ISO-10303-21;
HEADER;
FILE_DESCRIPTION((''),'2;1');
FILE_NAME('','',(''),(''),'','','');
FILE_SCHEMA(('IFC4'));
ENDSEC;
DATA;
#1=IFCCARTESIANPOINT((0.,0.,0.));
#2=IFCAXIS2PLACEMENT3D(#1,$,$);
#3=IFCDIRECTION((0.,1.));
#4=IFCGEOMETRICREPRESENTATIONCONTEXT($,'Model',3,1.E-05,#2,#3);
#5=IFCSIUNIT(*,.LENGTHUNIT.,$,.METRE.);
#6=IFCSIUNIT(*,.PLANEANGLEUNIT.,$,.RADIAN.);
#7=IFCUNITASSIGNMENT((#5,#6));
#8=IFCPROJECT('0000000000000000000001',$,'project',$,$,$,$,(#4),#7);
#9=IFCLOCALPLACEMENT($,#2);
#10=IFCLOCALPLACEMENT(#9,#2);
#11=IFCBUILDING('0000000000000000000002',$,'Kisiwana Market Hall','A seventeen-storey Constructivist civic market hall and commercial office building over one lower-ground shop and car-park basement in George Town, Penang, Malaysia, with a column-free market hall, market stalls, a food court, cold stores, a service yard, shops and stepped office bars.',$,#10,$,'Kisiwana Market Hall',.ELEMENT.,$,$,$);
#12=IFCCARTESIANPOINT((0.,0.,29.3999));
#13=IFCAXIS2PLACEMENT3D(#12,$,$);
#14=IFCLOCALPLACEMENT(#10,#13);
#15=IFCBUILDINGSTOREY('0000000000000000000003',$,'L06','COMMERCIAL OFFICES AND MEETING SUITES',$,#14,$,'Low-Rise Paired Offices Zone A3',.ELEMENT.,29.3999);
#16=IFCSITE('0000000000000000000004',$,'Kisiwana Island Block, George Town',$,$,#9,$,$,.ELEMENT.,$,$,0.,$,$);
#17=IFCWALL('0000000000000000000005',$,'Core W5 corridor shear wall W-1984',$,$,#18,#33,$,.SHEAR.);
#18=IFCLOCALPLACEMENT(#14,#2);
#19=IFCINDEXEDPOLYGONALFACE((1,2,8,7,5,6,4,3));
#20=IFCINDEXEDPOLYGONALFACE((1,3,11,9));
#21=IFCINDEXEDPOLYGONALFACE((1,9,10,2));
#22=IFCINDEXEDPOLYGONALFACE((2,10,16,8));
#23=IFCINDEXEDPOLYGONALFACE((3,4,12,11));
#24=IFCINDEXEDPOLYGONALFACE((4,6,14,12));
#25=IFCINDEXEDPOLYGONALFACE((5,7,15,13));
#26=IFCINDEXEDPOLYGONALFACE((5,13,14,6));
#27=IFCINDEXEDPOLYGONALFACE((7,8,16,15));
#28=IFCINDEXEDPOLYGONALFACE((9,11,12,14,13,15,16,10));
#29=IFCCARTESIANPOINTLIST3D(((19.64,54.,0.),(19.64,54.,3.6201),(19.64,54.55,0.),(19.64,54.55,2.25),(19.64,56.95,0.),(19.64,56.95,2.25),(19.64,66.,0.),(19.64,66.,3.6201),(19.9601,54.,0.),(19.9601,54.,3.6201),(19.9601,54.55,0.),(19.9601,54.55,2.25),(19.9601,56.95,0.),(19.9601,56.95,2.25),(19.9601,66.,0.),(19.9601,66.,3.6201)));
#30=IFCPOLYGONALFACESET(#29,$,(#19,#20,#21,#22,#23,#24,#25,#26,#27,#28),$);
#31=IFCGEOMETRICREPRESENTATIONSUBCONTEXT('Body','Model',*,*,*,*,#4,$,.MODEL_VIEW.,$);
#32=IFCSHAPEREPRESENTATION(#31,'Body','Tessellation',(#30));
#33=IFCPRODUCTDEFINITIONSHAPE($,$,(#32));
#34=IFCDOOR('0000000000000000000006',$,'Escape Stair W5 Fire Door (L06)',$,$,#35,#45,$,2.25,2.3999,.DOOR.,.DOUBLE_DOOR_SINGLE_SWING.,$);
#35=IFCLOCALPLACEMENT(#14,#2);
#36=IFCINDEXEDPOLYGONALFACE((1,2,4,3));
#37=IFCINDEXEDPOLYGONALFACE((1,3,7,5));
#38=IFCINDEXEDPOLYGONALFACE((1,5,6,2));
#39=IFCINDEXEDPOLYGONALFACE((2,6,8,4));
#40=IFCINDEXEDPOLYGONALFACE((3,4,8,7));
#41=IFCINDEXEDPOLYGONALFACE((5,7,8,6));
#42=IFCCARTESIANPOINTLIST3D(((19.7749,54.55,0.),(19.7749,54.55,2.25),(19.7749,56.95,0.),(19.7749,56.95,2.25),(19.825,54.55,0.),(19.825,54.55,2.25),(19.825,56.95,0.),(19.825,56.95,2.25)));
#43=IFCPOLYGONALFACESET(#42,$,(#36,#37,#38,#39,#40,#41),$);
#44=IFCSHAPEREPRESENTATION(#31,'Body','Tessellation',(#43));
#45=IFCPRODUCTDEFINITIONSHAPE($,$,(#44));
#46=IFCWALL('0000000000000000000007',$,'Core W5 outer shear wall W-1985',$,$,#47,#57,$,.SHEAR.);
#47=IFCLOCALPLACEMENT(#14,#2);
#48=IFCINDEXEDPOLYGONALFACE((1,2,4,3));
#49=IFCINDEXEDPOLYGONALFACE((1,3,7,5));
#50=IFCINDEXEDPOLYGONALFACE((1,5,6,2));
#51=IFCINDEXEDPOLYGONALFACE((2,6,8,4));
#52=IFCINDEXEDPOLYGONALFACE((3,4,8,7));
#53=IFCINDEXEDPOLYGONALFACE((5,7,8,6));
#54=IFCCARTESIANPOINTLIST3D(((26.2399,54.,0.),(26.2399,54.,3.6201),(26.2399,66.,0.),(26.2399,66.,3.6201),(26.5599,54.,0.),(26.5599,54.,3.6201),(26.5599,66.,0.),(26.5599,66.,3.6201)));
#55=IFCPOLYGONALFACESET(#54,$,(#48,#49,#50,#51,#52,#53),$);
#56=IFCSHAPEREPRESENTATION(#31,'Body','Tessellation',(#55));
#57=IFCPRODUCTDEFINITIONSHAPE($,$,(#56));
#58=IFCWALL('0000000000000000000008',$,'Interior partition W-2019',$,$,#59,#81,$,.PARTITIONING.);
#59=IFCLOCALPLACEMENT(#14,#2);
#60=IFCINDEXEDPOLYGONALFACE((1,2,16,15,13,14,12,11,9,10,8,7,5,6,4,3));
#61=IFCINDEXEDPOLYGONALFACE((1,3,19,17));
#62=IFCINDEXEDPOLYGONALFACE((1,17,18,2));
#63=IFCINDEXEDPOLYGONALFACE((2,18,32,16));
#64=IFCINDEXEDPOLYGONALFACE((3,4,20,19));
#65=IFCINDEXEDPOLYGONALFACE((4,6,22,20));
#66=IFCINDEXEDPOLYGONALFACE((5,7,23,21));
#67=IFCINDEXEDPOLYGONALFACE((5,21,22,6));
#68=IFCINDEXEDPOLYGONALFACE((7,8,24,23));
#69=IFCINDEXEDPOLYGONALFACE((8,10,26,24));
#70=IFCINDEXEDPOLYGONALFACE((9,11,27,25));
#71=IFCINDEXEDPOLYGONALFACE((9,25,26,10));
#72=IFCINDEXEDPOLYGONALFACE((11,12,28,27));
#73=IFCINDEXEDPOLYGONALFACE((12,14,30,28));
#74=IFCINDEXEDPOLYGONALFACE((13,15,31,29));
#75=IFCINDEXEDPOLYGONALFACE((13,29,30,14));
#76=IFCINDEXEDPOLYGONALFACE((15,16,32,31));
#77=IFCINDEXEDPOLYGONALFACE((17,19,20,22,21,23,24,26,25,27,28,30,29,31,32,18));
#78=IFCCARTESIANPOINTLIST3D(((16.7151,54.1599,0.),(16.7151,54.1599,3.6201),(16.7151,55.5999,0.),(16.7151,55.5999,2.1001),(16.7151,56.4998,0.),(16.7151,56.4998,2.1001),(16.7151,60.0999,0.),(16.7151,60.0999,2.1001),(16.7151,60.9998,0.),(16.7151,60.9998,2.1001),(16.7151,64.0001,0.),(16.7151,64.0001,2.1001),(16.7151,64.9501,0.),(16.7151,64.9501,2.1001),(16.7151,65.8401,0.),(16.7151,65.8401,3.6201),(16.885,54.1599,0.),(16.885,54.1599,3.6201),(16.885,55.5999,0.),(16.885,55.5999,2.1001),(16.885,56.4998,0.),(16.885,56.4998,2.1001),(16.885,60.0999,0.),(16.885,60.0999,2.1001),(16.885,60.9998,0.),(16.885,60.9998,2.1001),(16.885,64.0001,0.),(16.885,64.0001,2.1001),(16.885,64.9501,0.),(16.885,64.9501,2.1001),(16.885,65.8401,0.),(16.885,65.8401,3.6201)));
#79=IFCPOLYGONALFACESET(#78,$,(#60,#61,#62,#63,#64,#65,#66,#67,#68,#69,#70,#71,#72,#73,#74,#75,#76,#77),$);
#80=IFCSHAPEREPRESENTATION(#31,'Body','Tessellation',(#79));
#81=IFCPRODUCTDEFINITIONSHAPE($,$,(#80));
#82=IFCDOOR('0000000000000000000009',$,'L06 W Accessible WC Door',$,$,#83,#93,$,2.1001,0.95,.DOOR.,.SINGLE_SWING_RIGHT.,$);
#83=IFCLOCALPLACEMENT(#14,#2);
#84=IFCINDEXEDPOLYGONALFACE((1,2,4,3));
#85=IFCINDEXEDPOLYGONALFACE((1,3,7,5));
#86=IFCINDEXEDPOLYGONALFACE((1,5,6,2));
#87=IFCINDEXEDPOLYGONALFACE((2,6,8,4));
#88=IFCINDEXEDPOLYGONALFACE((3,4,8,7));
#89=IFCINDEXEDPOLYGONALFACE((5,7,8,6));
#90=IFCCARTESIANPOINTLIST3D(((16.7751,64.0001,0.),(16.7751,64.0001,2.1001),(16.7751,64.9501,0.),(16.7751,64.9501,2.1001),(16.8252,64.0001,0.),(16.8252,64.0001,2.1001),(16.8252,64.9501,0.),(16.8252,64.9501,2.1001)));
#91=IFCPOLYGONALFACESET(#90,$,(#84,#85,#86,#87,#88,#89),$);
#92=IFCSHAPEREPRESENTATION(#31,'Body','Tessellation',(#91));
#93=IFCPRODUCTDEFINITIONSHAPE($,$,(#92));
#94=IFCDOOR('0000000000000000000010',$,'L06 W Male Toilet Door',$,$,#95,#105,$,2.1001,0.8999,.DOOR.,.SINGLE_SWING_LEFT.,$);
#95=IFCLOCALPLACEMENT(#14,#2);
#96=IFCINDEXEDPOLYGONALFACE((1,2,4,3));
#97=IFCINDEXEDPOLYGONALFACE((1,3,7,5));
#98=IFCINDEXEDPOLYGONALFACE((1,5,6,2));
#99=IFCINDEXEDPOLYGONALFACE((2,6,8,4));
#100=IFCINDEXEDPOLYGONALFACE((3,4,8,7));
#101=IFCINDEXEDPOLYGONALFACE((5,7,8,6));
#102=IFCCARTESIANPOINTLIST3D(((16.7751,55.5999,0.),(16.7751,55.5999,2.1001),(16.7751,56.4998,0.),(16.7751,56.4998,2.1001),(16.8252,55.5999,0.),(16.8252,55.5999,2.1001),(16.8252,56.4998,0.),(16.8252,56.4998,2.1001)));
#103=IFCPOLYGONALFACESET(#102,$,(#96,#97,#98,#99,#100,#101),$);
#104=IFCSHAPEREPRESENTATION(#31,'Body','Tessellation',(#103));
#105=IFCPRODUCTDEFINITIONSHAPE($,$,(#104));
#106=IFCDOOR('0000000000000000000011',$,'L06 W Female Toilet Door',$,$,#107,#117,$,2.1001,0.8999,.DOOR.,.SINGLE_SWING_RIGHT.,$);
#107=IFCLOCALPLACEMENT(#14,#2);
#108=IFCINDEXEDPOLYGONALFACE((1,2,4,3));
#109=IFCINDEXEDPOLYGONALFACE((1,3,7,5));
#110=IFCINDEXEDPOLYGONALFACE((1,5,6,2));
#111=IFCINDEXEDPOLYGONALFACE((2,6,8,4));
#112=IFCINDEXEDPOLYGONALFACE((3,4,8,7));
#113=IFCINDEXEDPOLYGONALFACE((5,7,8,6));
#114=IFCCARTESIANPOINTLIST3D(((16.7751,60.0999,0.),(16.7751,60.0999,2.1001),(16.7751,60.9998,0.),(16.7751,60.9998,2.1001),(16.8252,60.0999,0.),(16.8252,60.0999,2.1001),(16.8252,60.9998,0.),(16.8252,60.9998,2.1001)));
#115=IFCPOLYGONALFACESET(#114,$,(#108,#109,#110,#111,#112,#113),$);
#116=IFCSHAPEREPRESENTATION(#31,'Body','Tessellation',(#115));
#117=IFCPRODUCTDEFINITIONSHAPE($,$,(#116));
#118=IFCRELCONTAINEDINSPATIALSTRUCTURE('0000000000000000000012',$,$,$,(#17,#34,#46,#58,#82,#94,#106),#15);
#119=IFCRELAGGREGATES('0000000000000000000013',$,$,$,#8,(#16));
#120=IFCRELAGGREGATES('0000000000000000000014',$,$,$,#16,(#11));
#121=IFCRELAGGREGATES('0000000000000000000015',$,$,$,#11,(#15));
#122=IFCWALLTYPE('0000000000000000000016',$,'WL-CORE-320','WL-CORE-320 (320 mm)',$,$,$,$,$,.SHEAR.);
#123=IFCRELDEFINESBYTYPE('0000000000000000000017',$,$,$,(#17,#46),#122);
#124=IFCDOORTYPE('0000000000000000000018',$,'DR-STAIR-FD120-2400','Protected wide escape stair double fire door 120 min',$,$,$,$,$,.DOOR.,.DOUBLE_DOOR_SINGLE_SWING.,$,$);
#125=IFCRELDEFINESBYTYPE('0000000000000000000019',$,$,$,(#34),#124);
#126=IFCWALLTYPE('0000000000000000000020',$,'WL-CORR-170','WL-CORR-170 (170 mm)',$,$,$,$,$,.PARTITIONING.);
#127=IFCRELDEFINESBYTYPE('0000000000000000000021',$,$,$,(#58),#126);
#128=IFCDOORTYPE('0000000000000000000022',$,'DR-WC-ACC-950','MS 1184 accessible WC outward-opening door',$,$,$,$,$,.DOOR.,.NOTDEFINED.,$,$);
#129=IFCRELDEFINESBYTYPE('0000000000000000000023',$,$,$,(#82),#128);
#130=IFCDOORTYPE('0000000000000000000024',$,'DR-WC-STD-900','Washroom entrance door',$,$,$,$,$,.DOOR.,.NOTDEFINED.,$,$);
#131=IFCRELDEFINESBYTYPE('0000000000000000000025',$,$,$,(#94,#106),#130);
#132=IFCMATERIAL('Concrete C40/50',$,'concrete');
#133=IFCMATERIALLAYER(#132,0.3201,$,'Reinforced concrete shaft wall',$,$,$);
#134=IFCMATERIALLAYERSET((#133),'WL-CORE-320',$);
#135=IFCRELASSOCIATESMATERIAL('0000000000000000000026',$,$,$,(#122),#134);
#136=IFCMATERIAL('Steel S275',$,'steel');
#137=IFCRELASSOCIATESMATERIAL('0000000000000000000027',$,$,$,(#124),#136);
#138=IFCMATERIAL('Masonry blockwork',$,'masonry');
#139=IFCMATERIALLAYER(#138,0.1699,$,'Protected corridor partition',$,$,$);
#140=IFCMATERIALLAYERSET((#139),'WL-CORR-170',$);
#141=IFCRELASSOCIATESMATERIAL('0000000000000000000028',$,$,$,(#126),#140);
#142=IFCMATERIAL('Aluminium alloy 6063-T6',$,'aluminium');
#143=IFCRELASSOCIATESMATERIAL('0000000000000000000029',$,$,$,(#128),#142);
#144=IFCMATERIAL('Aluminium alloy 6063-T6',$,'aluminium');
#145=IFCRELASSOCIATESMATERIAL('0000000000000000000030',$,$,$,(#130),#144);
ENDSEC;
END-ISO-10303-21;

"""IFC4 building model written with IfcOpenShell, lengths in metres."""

from ifc_helpers import new_model, si_unit, direction, frame, frame_2d, origin, place, context, subcontext, project, spatial, rectangle, extrude, material, layer, layer_set, type_object, element, fill, save


model = new_model("IFC4")

# Units and contexts
model_context = context("Model", 3, precision=1e-05, world=origin(), true_north=direction((0.0, 1.0)))
body_context = subcontext(model_context, "Body", "Model", "MODEL_VIEW")
ifc_project = project(units=[si_unit("LENGTHUNIT", "METRE"), si_unit("PLANEANGLEUNIT", "RADIAN")], contexts=[model_context])

# Site, building, storey
site_placement = place(None, origin())
site = spatial("IfcSite", under=ifc_project, at=site_placement, Name="Kisiwana Island Block, George Town", CompositionType="ELEMENT", RefElevation=0.0)
building_placement = place(site_placement, origin())
building = spatial("IfcBuilding", under=site, at=building_placement, Name="Kisiwana Market Hall", Description="A seventeen-storey Constructivist civic market hall and commercial office building over one lower-ground shop and car-park basement in George Town, Penang, Malaysia, with a column-free market hall, market stalls, a food court, cold stores, a service yard, shops and stepped office bars.", LongName="Kisiwana Market Hall", CompositionType="ELEMENT")
storey_placement = place(building_placement, frame((0.0, 0.0, 29.3999)))
storey = spatial("IfcBuildingStorey", under=building, at=storey_placement, Name="L06", Description="COMMERCIAL OFFICES AND MEETING SUITES", LongName="Low-Rise Paired Offices Zone A3", CompositionType="ELEMENT", Elevation=29.3999)

# Shared definitions
ifc_material_1 = material(Name="Concrete C40/50", Category="concrete")
ifc_layer_1 = layer(ifc_material_1, 0.3201, Name="Reinforced concrete shaft wall")
ifc_layer_set_1 = layer_set([ifc_layer_1], Name="WL-CORE-320")
wall_type_1 = type_object("IfcWallType", Name="WL-CORE-320", Description="WL-CORE-320 (320 mm)", PredefinedType="SHEAR", material=ifc_layer_set_1)

# Wall, opening, door
wall_1_placement = place(storey_placement, frame((19.8, 54.0, 0.0), z_axis=(0.0, 0.0, 1.0), x_axis=(0.0, 1.0, 0.0)))
wall_1 = element("IfcWall", 1, at=wall_1_placement, inside=storey, type_object=wall_type_1, Name="Core W5 corridor shear wall W-1984", PredefinedType="SHEAR", context=body_context, shape_type="SweptSolid", body=[
    extrude(rectangle(XDim=12.0, YDim=0.3201, at=frame_2d((6.0, 0.0))), origin(), (0.0, 0.0, 1.0), 3.6201),
])
opening_1_placement = place(wall_1_placement, frame((0.55, 0.0, 0.0)))
opening_1 = element("IfcOpeningElement", 2, at=opening_1_placement, cuts=wall_1, PredefinedType="OPENING", context=body_context, shape_type="SweptSolid", body=[
    extrude(rectangle(XDim=2.3999, YDim=2.25, at=frame_2d((1.2, 1.125))), frame((0.0, 0.1719, 0.0), z_axis=(0.0, -1.0, 0.0), x_axis=(1.0, 0.0, 0.0)), (0.0, 0.0, 1.0), 0.344),
])
ifc_material_2 = material(Name="Steel S275", Category="steel")
door_type_1 = type_object("IfcDoorType", Name="DR-STAIR-FD120-2400", Description="Protected wide escape stair double fire door 120 min", OperationType="DOUBLE_DOOR_SINGLE_SWING", PredefinedType="DOOR", material=ifc_material_2)
door_1_placement = place(opening_1_placement, frame((2.3999, 0.0, 0.0), z_axis=(0.0, 0.0, 1.0), x_axis=(-1.0, 0.0, 0.0)))
door_1 = element("IfcDoor", 3, at=door_1_placement, inside=storey, type_object=door_type_1, Name="Escape Stair W5 Fire Door (L06)", OperationType="DOUBLE_DOOR_SINGLE_SWING", OverallHeight=2.25, OverallWidth=2.3999, PredefinedType="DOOR", context=body_context, shape_type="SweptSolid", body=[
    extrude(rectangle(XDim=2.3999, YDim=2.25, at=frame_2d((1.2, 1.125))), frame((0.0, 0.0249, 0.0), z_axis=(0.0, -1.0, 0.0), x_axis=(1.0, 0.0, 0.0)), (0.0, 0.0, 1.0), 0.05),
])
fill(opening_1, door_1)

# Wall
wall_2_placement = place(storey_placement, frame((26.3999, 54.0, 0.0), z_axis=(0.0, 0.0, 1.0), x_axis=(0.0, 1.0, 0.0)))
element("IfcWall", 4, at=wall_2_placement, inside=storey, type_object=wall_type_1, Name="Core W5 outer shear wall W-1985", PredefinedType="SHEAR", context=body_context, shape_type="SweptSolid", body=[
    extrude(rectangle(XDim=12.0, YDim=0.3201, at=frame_2d((6.0, 0.0))), origin(), (0.0, 0.0, 1.0), 3.6201),
])

# Wall, openings, doors
ifc_material_3 = material(Name="Masonry blockwork", Category="masonry")
ifc_layer_2 = layer(ifc_material_3, 0.1699, Name="Protected corridor partition")
ifc_layer_set_2 = layer_set([ifc_layer_2], Name="WL-CORR-170")
wall_type_2 = type_object("IfcWallType", Name="WL-CORR-170", Description="WL-CORR-170 (170 mm)", PredefinedType="PARTITIONING", material=ifc_layer_set_2)
wall_3_placement = place(storey_placement, frame((16.8, 54.1599, 0.0), z_axis=(0.0, 0.0, 1.0), x_axis=(0.0, 1.0, 0.0)))
wall_3 = element("IfcWall", 5, at=wall_3_placement, inside=storey, type_object=wall_type_2, Name="Interior partition W-2019", PredefinedType="PARTITIONING", context=body_context, shape_type="SweptSolid", body=[
    extrude(rectangle(XDim=11.6802, YDim=0.1699, at=frame_2d((5.8401, 0.0))), origin(), (0.0, 0.0, 1.0), 3.6201),
])
opening_2_placement = place(wall_3_placement, frame((1.4399, 0.0, 0.0)))
opening_2 = element("IfcOpeningElement", 6, at=opening_2_placement, cuts=wall_3, PredefinedType="OPENING", context=body_context, shape_type="SweptSolid", body=[
    extrude(rectangle(XDim=0.8999, YDim=2.1001, at=frame_2d((0.45, 1.05))), frame((0.0, 0.0969, 0.0), z_axis=(0.0, -1.0, 0.0), x_axis=(1.0, 0.0, 0.0)), (0.0, 0.0, 1.0), 0.1938),
])
opening_3_placement = place(wall_3_placement, frame((5.9399, 0.0, 0.0)))
opening_3 = element("IfcOpeningElement", 7, at=opening_3_placement, cuts=wall_3, PredefinedType="OPENING", context=body_context, shape_type="SweptSolid", body=[
    extrude(rectangle(XDim=0.8999, YDim=2.1001, at=frame_2d((0.45, 1.05))), frame((0.0, 0.0969, 0.0), z_axis=(0.0, -1.0, 0.0), x_axis=(1.0, 0.0, 0.0)), (0.0, 0.0, 1.0), 0.1938),
])
opening_4_placement = place(wall_3_placement, frame((9.8401, 0.0, 0.0)))
opening_4 = element("IfcOpeningElement", 8, at=opening_4_placement, cuts=wall_3, PredefinedType="OPENING", context=body_context, shape_type="SweptSolid", body=[
    extrude(rectangle(XDim=0.95, YDim=2.1001, at=frame_2d((0.4751, 1.05))), frame((0.0, 0.0969, 0.0), z_axis=(0.0, -1.0, 0.0), x_axis=(1.0, 0.0, 0.0)), (0.0, 0.0, 1.0), 0.1938),
])
ifc_material_4 = material(Name="Aluminium alloy 6063-T6", Category="aluminium")
door_type_2 = type_object("IfcDoorType", Name="DR-WC-ACC-950", Description="MS 1184 accessible WC outward-opening door", OperationType="NOTDEFINED", PredefinedType="DOOR", material=ifc_material_4)
door_2_placement = place(opening_4_placement, origin())
door_2 = element("IfcDoor", 9, at=door_2_placement, inside=storey, type_object=door_type_2, Name="L06 W Accessible WC Door", OperationType="SINGLE_SWING_RIGHT", OverallHeight=2.1001, OverallWidth=0.95, PredefinedType="DOOR", context=body_context, shape_type="SweptSolid", body=[
    extrude(rectangle(XDim=0.95, YDim=2.1001, at=frame_2d((0.4751, 1.05))), frame((0.0, 0.0249, 0.0), z_axis=(0.0, -1.0, 0.0), x_axis=(1.0, 0.0, 0.0)), (0.0, 0.0, 1.0), 0.05),
])
fill(opening_4, door_2)
ifc_material_5 = material(Name="Aluminium alloy 6063-T6", Category="aluminium")
door_type_3 = type_object("IfcDoorType", Name="DR-WC-STD-900", Description="Washroom entrance door", OperationType="NOTDEFINED", PredefinedType="DOOR", material=ifc_material_5)
door_3_placement = place(opening_2_placement, origin())
door_3 = element("IfcDoor", 10, at=door_3_placement, inside=storey, type_object=door_type_3, Name="L06 W Male Toilet Door", OperationType="SINGLE_SWING_LEFT", OverallHeight=2.1001, OverallWidth=0.8999, PredefinedType="DOOR", context=body_context, shape_type="SweptSolid", body=[
    extrude(rectangle(XDim=0.8999, YDim=2.1001, at=frame_2d((0.45, 1.05))), frame((0.0, 0.0249, 0.0), z_axis=(0.0, -1.0, 0.0), x_axis=(1.0, 0.0, 0.0)), (0.0, 0.0, 1.0), 0.05),
])
fill(opening_2, door_3)
door_4_placement = place(opening_3_placement, origin())
door_4 = element("IfcDoor", 11, at=door_4_placement, inside=storey, type_object=door_type_3, Name="L06 W Female Toilet Door", OperationType="SINGLE_SWING_RIGHT", OverallHeight=2.1001, OverallWidth=0.8999, PredefinedType="DOOR", context=body_context, shape_type="SweptSolid", body=[
    extrude(rectangle(XDim=0.8999, YDim=2.1001, at=frame_2d((0.45, 1.05))), frame((0.0, 0.0249, 0.0), z_axis=(0.0, -1.0, 0.0), x_axis=(1.0, 0.0, 0.0)), (0.0, 0.0, 1.0), 0.05),
])
fill(opening_3, door_4)

save(model, "model.ifc")
